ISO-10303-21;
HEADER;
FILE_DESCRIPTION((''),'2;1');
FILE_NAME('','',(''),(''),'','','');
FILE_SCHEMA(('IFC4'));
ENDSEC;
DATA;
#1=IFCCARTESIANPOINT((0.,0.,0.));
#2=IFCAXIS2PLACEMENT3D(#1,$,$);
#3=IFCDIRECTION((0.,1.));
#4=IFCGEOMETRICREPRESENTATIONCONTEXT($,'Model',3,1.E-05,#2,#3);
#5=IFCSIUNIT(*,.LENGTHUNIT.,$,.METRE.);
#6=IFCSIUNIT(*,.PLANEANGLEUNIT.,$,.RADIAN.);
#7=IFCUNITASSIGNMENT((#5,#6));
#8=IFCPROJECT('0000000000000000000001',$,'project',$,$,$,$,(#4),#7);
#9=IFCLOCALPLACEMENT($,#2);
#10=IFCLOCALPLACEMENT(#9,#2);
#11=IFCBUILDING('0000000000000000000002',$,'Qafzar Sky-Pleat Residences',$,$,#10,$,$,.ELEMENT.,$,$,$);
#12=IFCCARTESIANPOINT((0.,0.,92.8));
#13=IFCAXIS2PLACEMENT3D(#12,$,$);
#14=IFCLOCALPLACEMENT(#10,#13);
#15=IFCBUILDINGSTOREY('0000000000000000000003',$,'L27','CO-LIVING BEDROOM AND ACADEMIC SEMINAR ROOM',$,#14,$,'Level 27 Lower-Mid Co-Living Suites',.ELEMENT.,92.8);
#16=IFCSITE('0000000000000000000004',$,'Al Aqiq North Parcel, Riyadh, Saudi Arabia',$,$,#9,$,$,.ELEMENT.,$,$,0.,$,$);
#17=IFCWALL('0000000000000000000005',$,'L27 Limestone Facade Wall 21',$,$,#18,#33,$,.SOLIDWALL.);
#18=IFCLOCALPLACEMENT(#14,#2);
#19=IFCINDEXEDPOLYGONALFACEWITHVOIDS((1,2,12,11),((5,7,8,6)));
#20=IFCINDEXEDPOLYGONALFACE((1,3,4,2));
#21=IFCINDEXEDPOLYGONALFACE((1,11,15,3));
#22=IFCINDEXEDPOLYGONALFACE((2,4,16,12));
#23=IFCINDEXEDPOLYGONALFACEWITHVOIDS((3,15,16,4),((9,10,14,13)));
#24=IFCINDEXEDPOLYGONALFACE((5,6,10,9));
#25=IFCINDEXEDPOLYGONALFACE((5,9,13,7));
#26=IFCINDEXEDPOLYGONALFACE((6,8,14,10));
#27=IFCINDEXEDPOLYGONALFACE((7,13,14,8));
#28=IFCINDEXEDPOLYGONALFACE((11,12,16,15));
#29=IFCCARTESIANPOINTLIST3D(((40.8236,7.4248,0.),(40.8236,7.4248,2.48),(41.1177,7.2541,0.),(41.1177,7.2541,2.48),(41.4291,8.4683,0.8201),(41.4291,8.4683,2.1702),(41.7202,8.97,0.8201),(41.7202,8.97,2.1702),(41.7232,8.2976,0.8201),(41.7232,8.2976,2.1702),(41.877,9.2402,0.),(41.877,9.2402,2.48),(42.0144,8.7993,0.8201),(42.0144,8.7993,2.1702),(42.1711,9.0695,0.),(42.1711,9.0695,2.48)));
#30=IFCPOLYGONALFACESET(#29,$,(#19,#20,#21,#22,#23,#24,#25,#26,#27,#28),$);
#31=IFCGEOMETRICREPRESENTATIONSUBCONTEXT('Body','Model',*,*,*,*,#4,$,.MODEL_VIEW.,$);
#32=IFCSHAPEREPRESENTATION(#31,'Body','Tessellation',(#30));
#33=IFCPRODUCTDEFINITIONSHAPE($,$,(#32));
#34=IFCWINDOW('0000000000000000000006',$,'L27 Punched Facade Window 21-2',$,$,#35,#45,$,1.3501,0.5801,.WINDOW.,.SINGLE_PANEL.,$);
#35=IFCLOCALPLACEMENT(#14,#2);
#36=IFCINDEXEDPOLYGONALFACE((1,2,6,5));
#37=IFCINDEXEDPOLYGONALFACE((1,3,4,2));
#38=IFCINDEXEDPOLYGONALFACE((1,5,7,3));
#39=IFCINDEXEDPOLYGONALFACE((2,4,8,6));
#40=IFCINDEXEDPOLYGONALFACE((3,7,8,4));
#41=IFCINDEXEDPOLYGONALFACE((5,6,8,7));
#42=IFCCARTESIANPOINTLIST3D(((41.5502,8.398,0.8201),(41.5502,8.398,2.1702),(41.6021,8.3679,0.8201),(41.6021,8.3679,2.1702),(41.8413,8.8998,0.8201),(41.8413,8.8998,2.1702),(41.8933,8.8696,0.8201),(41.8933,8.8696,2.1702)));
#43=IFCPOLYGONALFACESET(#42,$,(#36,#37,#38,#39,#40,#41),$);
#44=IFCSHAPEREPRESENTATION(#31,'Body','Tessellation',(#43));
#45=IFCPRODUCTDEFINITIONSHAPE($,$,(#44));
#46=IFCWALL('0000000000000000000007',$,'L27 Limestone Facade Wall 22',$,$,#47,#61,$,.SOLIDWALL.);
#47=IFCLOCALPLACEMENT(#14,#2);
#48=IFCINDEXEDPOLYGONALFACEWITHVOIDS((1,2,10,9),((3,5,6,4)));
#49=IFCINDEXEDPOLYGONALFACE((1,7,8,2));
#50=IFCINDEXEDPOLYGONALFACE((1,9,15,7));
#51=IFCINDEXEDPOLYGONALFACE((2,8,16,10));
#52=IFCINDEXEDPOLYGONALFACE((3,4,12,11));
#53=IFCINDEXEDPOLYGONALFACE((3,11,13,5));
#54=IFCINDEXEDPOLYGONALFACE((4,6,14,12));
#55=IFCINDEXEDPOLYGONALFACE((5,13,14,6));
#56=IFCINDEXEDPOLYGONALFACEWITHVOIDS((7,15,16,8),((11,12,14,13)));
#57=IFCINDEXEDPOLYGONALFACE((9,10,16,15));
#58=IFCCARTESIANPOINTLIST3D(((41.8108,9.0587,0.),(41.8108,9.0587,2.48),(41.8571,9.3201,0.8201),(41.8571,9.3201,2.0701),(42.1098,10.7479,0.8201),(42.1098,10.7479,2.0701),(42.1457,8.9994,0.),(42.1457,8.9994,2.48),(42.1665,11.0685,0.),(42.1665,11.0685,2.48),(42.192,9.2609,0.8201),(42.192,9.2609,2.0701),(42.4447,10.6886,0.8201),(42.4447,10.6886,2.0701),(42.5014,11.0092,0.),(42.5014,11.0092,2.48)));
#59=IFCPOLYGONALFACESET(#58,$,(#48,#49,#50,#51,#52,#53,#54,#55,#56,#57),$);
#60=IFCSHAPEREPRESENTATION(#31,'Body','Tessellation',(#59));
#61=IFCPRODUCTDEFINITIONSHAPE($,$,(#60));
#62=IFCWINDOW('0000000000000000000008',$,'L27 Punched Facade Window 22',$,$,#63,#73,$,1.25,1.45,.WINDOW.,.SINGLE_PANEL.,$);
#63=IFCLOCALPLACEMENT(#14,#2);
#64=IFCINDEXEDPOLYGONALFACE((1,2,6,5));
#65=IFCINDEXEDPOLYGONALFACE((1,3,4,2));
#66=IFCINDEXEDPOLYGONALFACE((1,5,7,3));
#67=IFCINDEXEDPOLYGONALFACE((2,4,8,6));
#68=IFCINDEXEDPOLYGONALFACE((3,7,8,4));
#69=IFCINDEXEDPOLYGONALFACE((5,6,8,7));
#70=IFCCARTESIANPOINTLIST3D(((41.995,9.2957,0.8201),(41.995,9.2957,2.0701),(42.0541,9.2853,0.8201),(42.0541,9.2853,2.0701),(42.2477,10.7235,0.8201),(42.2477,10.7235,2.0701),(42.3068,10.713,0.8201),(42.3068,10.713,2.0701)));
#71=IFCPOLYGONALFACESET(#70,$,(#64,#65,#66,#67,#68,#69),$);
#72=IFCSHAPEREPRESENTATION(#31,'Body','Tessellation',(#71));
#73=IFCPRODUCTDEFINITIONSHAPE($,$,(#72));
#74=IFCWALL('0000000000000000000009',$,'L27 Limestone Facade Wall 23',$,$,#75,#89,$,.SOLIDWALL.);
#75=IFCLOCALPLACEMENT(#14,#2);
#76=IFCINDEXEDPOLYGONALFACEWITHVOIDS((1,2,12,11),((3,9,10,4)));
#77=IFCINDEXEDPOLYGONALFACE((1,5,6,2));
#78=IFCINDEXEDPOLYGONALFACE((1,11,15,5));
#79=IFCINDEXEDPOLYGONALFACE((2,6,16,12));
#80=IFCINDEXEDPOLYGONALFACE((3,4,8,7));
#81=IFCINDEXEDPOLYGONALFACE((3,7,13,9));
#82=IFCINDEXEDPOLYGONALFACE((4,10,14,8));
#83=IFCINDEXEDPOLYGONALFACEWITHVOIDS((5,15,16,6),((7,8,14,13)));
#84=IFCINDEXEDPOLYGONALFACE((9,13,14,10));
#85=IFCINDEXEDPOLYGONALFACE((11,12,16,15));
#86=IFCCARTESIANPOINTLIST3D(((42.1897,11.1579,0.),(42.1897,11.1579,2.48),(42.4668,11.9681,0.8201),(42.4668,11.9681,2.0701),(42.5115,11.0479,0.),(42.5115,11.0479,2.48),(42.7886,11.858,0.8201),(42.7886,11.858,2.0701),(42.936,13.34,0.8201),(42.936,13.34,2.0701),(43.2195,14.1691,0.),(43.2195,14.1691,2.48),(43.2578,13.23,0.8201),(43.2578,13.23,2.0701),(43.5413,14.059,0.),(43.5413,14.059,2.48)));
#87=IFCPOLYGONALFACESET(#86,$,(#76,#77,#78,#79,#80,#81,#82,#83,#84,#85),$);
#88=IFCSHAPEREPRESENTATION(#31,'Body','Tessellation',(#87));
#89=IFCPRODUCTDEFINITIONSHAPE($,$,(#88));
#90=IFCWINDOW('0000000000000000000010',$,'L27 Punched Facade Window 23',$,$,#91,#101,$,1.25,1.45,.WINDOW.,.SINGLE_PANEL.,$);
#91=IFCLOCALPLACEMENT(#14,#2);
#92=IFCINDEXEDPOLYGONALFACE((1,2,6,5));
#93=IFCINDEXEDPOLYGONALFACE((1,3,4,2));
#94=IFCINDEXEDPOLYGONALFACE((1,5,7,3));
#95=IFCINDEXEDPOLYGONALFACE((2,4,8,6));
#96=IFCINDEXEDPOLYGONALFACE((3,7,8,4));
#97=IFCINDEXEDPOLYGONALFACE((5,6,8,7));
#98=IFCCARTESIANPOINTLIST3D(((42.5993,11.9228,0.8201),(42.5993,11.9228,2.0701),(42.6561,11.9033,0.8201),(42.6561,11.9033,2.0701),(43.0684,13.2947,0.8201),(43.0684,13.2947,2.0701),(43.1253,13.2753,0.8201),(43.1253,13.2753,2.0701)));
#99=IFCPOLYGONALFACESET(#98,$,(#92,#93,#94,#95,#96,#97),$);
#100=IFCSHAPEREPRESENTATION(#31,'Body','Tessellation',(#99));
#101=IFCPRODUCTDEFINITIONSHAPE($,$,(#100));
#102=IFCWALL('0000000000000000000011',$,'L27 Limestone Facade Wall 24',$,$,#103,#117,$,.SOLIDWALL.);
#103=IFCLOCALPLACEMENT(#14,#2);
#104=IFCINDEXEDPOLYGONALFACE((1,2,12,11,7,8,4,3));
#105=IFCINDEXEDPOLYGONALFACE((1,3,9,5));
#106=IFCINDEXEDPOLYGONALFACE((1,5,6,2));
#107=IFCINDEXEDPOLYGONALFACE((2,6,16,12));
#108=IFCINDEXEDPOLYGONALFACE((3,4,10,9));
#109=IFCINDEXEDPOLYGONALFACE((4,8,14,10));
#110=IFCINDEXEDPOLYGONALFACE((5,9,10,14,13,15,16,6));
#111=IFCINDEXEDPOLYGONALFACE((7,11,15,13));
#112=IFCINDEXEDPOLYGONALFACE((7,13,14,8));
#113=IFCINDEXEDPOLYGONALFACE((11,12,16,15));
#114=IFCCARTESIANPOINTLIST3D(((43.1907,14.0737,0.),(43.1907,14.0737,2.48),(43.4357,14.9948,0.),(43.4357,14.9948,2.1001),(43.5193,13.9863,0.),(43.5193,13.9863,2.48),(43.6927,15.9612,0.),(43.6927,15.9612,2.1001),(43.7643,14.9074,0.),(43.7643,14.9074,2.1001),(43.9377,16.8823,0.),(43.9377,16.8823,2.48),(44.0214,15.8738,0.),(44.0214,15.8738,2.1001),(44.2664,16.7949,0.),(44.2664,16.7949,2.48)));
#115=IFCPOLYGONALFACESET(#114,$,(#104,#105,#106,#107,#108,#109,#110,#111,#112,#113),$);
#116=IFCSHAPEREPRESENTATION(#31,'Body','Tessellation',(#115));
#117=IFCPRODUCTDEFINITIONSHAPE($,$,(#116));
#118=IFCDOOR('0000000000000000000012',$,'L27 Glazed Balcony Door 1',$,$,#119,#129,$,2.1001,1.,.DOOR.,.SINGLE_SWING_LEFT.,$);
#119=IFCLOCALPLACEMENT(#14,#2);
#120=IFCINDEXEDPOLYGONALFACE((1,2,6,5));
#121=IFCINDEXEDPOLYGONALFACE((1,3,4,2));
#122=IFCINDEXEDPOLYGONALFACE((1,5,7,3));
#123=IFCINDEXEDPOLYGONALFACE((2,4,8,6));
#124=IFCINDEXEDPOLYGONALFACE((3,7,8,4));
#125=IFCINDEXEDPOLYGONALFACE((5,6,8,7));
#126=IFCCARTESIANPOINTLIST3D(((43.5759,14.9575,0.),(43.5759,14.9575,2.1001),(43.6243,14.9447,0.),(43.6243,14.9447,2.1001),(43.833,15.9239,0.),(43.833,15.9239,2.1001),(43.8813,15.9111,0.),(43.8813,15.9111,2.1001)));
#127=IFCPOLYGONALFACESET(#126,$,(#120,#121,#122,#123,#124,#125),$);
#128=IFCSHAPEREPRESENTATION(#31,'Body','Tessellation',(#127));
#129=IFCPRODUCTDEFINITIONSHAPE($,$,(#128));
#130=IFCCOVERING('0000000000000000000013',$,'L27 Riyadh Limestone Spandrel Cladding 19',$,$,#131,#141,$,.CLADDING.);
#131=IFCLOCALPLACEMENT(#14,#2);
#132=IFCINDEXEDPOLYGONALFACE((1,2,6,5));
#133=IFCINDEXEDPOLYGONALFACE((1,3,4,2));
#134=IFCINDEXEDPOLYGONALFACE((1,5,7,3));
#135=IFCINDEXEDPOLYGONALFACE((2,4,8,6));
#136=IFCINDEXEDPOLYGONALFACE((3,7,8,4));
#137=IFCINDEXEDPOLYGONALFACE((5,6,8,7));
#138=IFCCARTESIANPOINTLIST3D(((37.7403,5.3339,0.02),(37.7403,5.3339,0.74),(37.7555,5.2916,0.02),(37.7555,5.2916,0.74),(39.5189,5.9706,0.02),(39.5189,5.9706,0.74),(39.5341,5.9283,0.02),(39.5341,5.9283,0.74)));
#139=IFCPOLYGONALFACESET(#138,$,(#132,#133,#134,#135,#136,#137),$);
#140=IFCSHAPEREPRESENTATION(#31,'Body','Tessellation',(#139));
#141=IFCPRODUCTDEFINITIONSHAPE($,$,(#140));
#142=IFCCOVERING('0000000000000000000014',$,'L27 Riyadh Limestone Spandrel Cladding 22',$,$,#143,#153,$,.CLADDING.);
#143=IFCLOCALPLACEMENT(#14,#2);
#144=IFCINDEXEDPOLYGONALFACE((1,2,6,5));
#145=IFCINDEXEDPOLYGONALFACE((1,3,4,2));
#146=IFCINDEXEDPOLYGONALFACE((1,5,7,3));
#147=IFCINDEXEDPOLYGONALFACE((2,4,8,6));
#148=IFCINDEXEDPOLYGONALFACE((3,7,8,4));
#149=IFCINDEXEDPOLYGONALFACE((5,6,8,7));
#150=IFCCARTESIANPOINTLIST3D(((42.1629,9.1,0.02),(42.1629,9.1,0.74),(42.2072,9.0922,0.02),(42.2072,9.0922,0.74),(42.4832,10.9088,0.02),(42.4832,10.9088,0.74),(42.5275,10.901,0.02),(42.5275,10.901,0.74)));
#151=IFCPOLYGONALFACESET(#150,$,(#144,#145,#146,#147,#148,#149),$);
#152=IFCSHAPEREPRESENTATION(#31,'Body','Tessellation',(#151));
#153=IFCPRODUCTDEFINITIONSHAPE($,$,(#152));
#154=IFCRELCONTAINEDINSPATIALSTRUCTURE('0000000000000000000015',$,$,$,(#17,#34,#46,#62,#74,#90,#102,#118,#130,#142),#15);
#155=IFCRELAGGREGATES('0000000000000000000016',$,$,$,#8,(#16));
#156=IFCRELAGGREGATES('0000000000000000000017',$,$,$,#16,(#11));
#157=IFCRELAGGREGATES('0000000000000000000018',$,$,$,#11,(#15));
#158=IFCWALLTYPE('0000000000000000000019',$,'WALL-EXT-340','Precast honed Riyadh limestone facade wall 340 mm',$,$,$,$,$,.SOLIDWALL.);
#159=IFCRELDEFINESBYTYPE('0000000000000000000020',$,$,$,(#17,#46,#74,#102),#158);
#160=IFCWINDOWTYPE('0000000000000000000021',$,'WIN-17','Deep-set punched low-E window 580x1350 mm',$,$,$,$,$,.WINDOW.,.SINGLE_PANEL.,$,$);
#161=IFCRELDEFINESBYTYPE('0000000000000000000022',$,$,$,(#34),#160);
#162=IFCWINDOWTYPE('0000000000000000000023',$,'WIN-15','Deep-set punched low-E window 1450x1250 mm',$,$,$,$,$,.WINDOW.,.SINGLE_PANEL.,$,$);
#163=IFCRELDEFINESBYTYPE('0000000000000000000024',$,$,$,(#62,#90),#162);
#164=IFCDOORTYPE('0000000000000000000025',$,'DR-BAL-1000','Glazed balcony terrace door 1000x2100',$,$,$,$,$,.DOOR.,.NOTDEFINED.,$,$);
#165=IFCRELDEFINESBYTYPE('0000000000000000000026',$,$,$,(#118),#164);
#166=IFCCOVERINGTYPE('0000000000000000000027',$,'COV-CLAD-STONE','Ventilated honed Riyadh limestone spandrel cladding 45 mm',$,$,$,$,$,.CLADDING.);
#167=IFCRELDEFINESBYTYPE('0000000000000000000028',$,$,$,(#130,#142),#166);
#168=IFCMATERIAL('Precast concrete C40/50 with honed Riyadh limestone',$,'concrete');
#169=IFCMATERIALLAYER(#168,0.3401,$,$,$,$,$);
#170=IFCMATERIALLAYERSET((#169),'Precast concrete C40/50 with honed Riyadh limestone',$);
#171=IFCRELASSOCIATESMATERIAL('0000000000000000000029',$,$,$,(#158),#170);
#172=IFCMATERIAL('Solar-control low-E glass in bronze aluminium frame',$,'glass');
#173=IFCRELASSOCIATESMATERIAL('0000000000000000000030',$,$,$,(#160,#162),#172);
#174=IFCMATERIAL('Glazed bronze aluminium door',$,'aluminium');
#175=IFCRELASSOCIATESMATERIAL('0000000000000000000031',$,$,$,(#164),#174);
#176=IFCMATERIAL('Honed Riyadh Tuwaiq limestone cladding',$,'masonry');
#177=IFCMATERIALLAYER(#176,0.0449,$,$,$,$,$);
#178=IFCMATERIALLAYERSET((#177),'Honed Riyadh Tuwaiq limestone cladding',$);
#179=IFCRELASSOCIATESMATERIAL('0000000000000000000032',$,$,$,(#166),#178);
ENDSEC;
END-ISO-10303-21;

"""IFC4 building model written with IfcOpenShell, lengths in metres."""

from ifc_helpers import new_model, si_unit, direction, frame, frame_2d, origin, origin_2d, place, context, subcontext, project, spatial, rectangle, extrude, source, transform, mapped, material, layer, layer_set, type_object, element, fill, save


model = new_model("IFC4")

# Units and contexts
model_context = context("Model", 3, precision=1e-05, world=origin(), true_north=direction((0.0, 1.0)))
body_context = subcontext(model_context, "Body", "Model", "MODEL_VIEW")
ifc_project = project(units=[si_unit("LENGTHUNIT", "METRE"), si_unit("PLANEANGLEUNIT", "RADIAN")], contexts=[model_context])

# Site, building, storey
site_placement = place(None, origin())
site = spatial("IfcSite", under=ifc_project, at=site_placement, Name="Al Aqiq North Parcel, Riyadh, Saudi Arabia", CompositionType="ELEMENT", RefElevation=0.0)
building_placement = place(site_placement, origin())
building = spatial("IfcBuilding", under=site, at=building_placement, Name="Qafzar Sky-Pleat Residences", CompositionType="ELEMENT")
storey_placement = place(building_placement, frame((0.0, 0.0, 92.8)))
storey = spatial("IfcBuildingStorey", under=building, at=storey_placement, Name="L27", Description="CO-LIVING BEDROOM AND ACADEMIC SEMINAR ROOM", LongName="Level 27 Lower-Mid Co-Living Suites", CompositionType="ELEMENT", Elevation=92.8)

# Walls, openings, windows
ifc_material_1 = material(Name="Precast concrete C40/50 with honed Riyadh limestone", Category="concrete")
ifc_layer_1 = layer(ifc_material_1, 0.3401)
ifc_layer_set_1 = layer_set([ifc_layer_1], Name="Precast concrete C40/50 with honed Riyadh limestone")
wall_type_1 = type_object("IfcWallType", Name="WALL-EXT-340", Description="Precast honed Riyadh limestone facade wall 340 mm", PredefinedType="SOLIDWALL", material=ifc_layer_set_1)
ifc_material_2 = material(Name="Solar-control low-E glass in bronze aluminium frame", Category="glass")
wall_1_placement = place(storey_placement, frame((40.9707, 7.3396, 0.0), z_axis=(0.0, 0.0, 1.0), x_axis=(0.501903, 0.864924, 0.0)))
wall_1 = element("IfcWall", 1, at=wall_1_placement, inside=storey, type_object=wall_type_1, Name="L27 Limestone Facade Wall 21", PredefinedType="SOLIDWALL", context=body_context, shape_type="SweptSolid", body=[
    extrude(rectangle(XDim=2.0989, YDim=0.3401, at=frame_2d((1.0493, 0.0))), origin(), (0.0, 0.0, 1.0), 2.48),
])
opening_1_placement = place(wall_1_placement, frame((1.2063, 0.0, 0.8201)))
opening_1 = element("IfcOpeningElement", 2, at=opening_1_placement, cuts=wall_1, PredefinedType="OPENING", context=body_context, shape_type="SweptSolid", body=[
    extrude(rectangle(XDim=0.5801, YDim=1.3501, at=frame_2d((0.29, 0.675))), frame((0.0, 0.1802, 0.0), z_axis=(0.0, -1.0, 0.0), x_axis=(1.0, 0.0, 0.0)), (0.0, 0.0, 1.0), 0.3601),
])
window_type_1 = type_object("IfcWindowType", Name="WIN-17", Description="Deep-set punched low-E window 580x1350 mm", PartitioningType="SINGLE_PANEL", PredefinedType="WINDOW", material=ifc_material_2)
shared_shape_1 = source(origin(), body_context, "Body", "SweptSolid", [
    extrude(rectangle(XDim=0.5801, YDim=1.3501, at=frame_2d((0.29, 0.675))), frame((0.0, 0.03, 0.0), z_axis=(0.0, -1.0, 0.0), x_axis=(1.0, 0.0, 0.0)), (0.0, 0.0, 1.0), 0.0601),
])
window_1_placement = place(opening_1_placement, origin())
window_1 = element("IfcWindow", 3, at=window_1_placement, inside=storey, type_object=window_type_1, Name="L27 Punched Facade Window 21-2", OverallHeight=1.3501, OverallWidth=0.5801, PartitioningType="SINGLE_PANEL", PredefinedType="WINDOW", context=body_context, shape_type="MappedRepresentation", body=[
    mapped(shared_shape_1, transform((0.0, 0.0, 0.0), x_axis=(1.0, 0.0, 0.0), y_axis=(0.0, 1.0, 0.0), z_axis=(0.0, 0.0, 1.0), scale=1.0)),
])
fill(opening_1, window_1)
wall_2_placement = place(storey_placement, frame((41.9783, 9.0291, 0.0), z_axis=(0.0, 0.0, 1.0), x_axis=(0.174283, 0.984696, 0.0)))
wall_2 = element("IfcWall", 4, at=wall_2_placement, inside=storey, type_object=wall_type_1, Name="L27 Limestone Facade Wall 22", PredefinedType="SOLIDWALL", context=body_context, shape_type="SweptSolid", body=[
    extrude(rectangle(XDim=2.041, YDim=0.3401, at=frame_2d((1.0205, 0.0))), origin(), (0.0, 0.0, 1.0), 2.48),
])
opening_2_placement = place(wall_2_placement, frame((0.2654, 0.0, 0.8201)))
opening_2 = element("IfcOpeningElement", 5, at=opening_2_placement, cuts=wall_2, PredefinedType="OPENING", context=body_context, shape_type="SweptSolid", body=[
    extrude(rectangle(XDim=1.45, YDim=1.25, at=frame_2d((0.7251, 0.625))), frame((0.0, 0.1802, 0.0), z_axis=(0.0, -1.0, 0.0), x_axis=(1.0, 0.0, 0.0)), (0.0, 0.0, 1.0), 0.3601),
])
window_type_2 = type_object("IfcWindowType", Name="WIN-15", Description="Deep-set punched low-E window 1450x1250 mm", PartitioningType="SINGLE_PANEL", PredefinedType="WINDOW", material=ifc_material_2)
shared_shape_2 = source(origin(), body_context, "Body", "SweptSolid", [
    extrude(rectangle(XDim=1.45, YDim=1.25, at=frame_2d((0.7251, 0.625))), frame((0.0, 0.03, 0.0), z_axis=(0.0, -1.0, 0.0), x_axis=(1.0, 0.0, 0.0)), (0.0, 0.0, 1.0), 0.0601),
])
window_2_placement = place(opening_2_placement, origin())
window_2 = element("IfcWindow", 6, at=window_2_placement, inside=storey, type_object=window_type_2, Name="L27 Punched Facade Window 22", OverallHeight=1.25, OverallWidth=1.45, PartitioningType="SINGLE_PANEL", PredefinedType="WINDOW", context=body_context, shape_type="MappedRepresentation", body=[
    mapped(shared_shape_2, transform((0.0, 0.0, 0.0), x_axis=(1.0, 0.0, 0.0), y_axis=(0.0, 1.0, 0.0), z_axis=(0.0, 0.0, 1.0), scale=1.0)),
])
fill(opening_2, window_2)
wall_3_placement = place(storey_placement, frame((42.3506, 11.1028, 0.0), z_axis=(0.0, 0.0, 1.0), x_axis=(0.323583, 0.9462, 0.0)))
wall_3 = element("IfcWall", 7, at=wall_3_placement, inside=storey, type_object=wall_type_1, Name="L27 Limestone Facade Wall 23", PredefinedType="SOLIDWALL", context=body_context, shape_type="SweptSolid", body=[
    extrude(rectangle(XDim=3.1824, YDim=0.3401, at=frame_2d((1.5913, 0.0))), origin(), (0.0, 0.0, 1.0), 2.48),
])
opening_3_placement = place(wall_3_placement, frame((0.8562, 0.0, 0.8201)))
opening_3 = element("IfcOpeningElement", 8, at=opening_3_placement, cuts=wall_3, PredefinedType="OPENING", context=body_context, shape_type="SweptSolid", body=[
    extrude(rectangle(XDim=1.45, YDim=1.25, at=frame_2d((0.7251, 0.625))), frame((0.0, 0.1802, 0.0), z_axis=(0.0, -1.0, 0.0), x_axis=(1.0, 0.0, 0.0)), (0.0, 0.0, 1.0), 0.3601),
])
window_3_placement = place(opening_3_placement, origin())
window_3 = element("IfcWindow", 9, at=window_3_placement, inside=storey, type_object=window_type_2, Name="L27 Punched Facade Window 23", OverallHeight=1.25, OverallWidth=1.45, PartitioningType="SINGLE_PANEL", PredefinedType="WINDOW", context=body_context, shape_type="MappedRepresentation", body=[
    mapped(shared_shape_2, transform((0.0, 0.0, 0.0), x_axis=(1.0, 0.0, 0.0), y_axis=(0.0, 1.0, 0.0), z_axis=(0.0, 0.0, 1.0), scale=1.0)),
])
fill(opening_3, window_3)

# Wall, opening, door
wall_4_placement = place(storey_placement, frame((43.355, 14.03, 0.0), z_axis=(0.0, 0.0, 1.0), x_axis=(0.257056, 0.966396, 0.0)))
wall_4 = element("IfcWall", 10, at=wall_4_placement, inside=storey, type_object=wall_type_1, Name="L27 Limestone Facade Wall 24", PredefinedType="SOLIDWALL", context=body_context, shape_type="SweptSolid", body=[
    extrude(rectangle(XDim=2.9062, YDim=0.3401, at=frame_2d((1.4531, 0.0))), origin(), (0.0, 0.0, 1.0), 2.48),
])
opening_4_placement = place(wall_4_placement, frame((0.9531, 0.0, 0.0)))
opening_4 = element("IfcOpeningElement", 11, at=opening_4_placement, cuts=wall_4, PredefinedType="OPENING", context=body_context, shape_type="SweptSolid", body=[
    extrude(rectangle(XDim=1.0, YDim=2.1001, at=frame_2d((0.5, 1.05))), frame((0.0, 0.1802, 0.0), z_axis=(0.0, -1.0, 0.0), x_axis=(1.0, 0.0, 0.0)), (0.0, 0.0, 1.0), 0.3601),
])
ifc_material_3 = material(Name="Glazed bronze aluminium door", Category="aluminium")
door_type_1 = type_object("IfcDoorType", Name="DR-BAL-1000", Description="Glazed balcony terrace door 1000x2100", OperationType="NOTDEFINED", PredefinedType="DOOR", material=ifc_material_3)
shared_shape_3 = source(origin(), body_context, "Body", "SweptSolid", [
    extrude(rectangle(XDim=1.0, YDim=2.1001, at=frame_2d((0.5, 1.05))), frame((0.0, 0.0249, 0.0), z_axis=(0.0, -1.0, 0.0), x_axis=(1.0, 0.0, 0.0)), (0.0, 0.0, 1.0), 0.05),
])
door_1_placement = place(opening_4_placement, origin())
door_1 = element("IfcDoor", 12, at=door_1_placement, inside=storey, type_object=door_type_1, Name="L27 Glazed Balcony Door 1", OperationType="SINGLE_SWING_LEFT", OverallHeight=2.1001, OverallWidth=1.0, PredefinedType="DOOR", context=body_context, shape_type="MappedRepresentation", body=[
    mapped(shared_shape_3, transform((0.0, 0.0, 0.0), x_axis=(1.0, 0.0, 0.0), y_axis=(0.0, 1.0, 0.0), z_axis=(0.0, 0.0, 1.0), scale=1.0)),
])
fill(opening_4, door_1)

# Coverings
ifc_material_4 = material(Name="Honed Riyadh Tuwaiq limestone cladding", Category="masonry")
ifc_layer_2 = layer(ifc_material_4, 0.0449)
ifc_layer_set_2 = layer_set([ifc_layer_2], Name="Honed Riyadh Tuwaiq limestone cladding")
covering_type = type_object("IfcCoveringType", Name="COV-CLAD-STONE", Description="Ventilated honed Riyadh limestone spandrel cladding 45 mm", PredefinedType="CLADDING", material=ifc_layer_set_2)
shared_shape_4 = source(origin(), body_context, "Body", "SweptSolid", [
    extrude(rectangle(XDim=1.8892, YDim=0.0449, at=origin_2d()), origin(), (0.0, 0.0, 1.0), 0.72),
])
covering_1_placement = place(storey_placement, frame((38.6372, 5.6311, 0.02), z_axis=(0.0, 0.0, 1.0), x_axis=(0.941483, 0.337061, 0.0)))
element("IfcCovering", 13, at=covering_1_placement, inside=storey, type_object=covering_type, Name="L27 Riyadh Limestone Spandrel Cladding 19", PredefinedType="CLADDING", context=body_context, shape_type="MappedRepresentation", body=[
    mapped(shared_shape_4, transform((0.0, 0.0, 0.0), x_axis=(1.0, 0.0, 0.0), y_axis=(0.0, 1.0, 0.0), z_axis=(0.0, 0.0, 1.0), scale=1.0)),
])
shared_shape_5 = source(origin(), body_context, "Body", "SweptSolid", [
    extrude(rectangle(XDim=1.8369, YDim=0.0449, at=origin_2d()), origin(), (0.0, 0.0, 1.0), 0.72),
])
covering_2_placement = place(storey_placement, frame((42.3452, 10.0005, 0.02), z_axis=(0.0, 0.0, 1.0), x_axis=(0.174369, 0.98468, 0.0)))
element("IfcCovering", 14, at=covering_2_placement, inside=storey, type_object=covering_type, Name="L27 Riyadh Limestone Spandrel Cladding 22", PredefinedType="CLADDING", context=body_context, shape_type="MappedRepresentation", body=[
    mapped(shared_shape_5, transform((0.0, 0.0, 0.0), x_axis=(1.0, 0.0, 0.0), y_axis=(0.0, 1.0, 0.0), z_axis=(0.0, 0.0, 1.0), scale=1.0)),
])

save(model, "model.ifc")
